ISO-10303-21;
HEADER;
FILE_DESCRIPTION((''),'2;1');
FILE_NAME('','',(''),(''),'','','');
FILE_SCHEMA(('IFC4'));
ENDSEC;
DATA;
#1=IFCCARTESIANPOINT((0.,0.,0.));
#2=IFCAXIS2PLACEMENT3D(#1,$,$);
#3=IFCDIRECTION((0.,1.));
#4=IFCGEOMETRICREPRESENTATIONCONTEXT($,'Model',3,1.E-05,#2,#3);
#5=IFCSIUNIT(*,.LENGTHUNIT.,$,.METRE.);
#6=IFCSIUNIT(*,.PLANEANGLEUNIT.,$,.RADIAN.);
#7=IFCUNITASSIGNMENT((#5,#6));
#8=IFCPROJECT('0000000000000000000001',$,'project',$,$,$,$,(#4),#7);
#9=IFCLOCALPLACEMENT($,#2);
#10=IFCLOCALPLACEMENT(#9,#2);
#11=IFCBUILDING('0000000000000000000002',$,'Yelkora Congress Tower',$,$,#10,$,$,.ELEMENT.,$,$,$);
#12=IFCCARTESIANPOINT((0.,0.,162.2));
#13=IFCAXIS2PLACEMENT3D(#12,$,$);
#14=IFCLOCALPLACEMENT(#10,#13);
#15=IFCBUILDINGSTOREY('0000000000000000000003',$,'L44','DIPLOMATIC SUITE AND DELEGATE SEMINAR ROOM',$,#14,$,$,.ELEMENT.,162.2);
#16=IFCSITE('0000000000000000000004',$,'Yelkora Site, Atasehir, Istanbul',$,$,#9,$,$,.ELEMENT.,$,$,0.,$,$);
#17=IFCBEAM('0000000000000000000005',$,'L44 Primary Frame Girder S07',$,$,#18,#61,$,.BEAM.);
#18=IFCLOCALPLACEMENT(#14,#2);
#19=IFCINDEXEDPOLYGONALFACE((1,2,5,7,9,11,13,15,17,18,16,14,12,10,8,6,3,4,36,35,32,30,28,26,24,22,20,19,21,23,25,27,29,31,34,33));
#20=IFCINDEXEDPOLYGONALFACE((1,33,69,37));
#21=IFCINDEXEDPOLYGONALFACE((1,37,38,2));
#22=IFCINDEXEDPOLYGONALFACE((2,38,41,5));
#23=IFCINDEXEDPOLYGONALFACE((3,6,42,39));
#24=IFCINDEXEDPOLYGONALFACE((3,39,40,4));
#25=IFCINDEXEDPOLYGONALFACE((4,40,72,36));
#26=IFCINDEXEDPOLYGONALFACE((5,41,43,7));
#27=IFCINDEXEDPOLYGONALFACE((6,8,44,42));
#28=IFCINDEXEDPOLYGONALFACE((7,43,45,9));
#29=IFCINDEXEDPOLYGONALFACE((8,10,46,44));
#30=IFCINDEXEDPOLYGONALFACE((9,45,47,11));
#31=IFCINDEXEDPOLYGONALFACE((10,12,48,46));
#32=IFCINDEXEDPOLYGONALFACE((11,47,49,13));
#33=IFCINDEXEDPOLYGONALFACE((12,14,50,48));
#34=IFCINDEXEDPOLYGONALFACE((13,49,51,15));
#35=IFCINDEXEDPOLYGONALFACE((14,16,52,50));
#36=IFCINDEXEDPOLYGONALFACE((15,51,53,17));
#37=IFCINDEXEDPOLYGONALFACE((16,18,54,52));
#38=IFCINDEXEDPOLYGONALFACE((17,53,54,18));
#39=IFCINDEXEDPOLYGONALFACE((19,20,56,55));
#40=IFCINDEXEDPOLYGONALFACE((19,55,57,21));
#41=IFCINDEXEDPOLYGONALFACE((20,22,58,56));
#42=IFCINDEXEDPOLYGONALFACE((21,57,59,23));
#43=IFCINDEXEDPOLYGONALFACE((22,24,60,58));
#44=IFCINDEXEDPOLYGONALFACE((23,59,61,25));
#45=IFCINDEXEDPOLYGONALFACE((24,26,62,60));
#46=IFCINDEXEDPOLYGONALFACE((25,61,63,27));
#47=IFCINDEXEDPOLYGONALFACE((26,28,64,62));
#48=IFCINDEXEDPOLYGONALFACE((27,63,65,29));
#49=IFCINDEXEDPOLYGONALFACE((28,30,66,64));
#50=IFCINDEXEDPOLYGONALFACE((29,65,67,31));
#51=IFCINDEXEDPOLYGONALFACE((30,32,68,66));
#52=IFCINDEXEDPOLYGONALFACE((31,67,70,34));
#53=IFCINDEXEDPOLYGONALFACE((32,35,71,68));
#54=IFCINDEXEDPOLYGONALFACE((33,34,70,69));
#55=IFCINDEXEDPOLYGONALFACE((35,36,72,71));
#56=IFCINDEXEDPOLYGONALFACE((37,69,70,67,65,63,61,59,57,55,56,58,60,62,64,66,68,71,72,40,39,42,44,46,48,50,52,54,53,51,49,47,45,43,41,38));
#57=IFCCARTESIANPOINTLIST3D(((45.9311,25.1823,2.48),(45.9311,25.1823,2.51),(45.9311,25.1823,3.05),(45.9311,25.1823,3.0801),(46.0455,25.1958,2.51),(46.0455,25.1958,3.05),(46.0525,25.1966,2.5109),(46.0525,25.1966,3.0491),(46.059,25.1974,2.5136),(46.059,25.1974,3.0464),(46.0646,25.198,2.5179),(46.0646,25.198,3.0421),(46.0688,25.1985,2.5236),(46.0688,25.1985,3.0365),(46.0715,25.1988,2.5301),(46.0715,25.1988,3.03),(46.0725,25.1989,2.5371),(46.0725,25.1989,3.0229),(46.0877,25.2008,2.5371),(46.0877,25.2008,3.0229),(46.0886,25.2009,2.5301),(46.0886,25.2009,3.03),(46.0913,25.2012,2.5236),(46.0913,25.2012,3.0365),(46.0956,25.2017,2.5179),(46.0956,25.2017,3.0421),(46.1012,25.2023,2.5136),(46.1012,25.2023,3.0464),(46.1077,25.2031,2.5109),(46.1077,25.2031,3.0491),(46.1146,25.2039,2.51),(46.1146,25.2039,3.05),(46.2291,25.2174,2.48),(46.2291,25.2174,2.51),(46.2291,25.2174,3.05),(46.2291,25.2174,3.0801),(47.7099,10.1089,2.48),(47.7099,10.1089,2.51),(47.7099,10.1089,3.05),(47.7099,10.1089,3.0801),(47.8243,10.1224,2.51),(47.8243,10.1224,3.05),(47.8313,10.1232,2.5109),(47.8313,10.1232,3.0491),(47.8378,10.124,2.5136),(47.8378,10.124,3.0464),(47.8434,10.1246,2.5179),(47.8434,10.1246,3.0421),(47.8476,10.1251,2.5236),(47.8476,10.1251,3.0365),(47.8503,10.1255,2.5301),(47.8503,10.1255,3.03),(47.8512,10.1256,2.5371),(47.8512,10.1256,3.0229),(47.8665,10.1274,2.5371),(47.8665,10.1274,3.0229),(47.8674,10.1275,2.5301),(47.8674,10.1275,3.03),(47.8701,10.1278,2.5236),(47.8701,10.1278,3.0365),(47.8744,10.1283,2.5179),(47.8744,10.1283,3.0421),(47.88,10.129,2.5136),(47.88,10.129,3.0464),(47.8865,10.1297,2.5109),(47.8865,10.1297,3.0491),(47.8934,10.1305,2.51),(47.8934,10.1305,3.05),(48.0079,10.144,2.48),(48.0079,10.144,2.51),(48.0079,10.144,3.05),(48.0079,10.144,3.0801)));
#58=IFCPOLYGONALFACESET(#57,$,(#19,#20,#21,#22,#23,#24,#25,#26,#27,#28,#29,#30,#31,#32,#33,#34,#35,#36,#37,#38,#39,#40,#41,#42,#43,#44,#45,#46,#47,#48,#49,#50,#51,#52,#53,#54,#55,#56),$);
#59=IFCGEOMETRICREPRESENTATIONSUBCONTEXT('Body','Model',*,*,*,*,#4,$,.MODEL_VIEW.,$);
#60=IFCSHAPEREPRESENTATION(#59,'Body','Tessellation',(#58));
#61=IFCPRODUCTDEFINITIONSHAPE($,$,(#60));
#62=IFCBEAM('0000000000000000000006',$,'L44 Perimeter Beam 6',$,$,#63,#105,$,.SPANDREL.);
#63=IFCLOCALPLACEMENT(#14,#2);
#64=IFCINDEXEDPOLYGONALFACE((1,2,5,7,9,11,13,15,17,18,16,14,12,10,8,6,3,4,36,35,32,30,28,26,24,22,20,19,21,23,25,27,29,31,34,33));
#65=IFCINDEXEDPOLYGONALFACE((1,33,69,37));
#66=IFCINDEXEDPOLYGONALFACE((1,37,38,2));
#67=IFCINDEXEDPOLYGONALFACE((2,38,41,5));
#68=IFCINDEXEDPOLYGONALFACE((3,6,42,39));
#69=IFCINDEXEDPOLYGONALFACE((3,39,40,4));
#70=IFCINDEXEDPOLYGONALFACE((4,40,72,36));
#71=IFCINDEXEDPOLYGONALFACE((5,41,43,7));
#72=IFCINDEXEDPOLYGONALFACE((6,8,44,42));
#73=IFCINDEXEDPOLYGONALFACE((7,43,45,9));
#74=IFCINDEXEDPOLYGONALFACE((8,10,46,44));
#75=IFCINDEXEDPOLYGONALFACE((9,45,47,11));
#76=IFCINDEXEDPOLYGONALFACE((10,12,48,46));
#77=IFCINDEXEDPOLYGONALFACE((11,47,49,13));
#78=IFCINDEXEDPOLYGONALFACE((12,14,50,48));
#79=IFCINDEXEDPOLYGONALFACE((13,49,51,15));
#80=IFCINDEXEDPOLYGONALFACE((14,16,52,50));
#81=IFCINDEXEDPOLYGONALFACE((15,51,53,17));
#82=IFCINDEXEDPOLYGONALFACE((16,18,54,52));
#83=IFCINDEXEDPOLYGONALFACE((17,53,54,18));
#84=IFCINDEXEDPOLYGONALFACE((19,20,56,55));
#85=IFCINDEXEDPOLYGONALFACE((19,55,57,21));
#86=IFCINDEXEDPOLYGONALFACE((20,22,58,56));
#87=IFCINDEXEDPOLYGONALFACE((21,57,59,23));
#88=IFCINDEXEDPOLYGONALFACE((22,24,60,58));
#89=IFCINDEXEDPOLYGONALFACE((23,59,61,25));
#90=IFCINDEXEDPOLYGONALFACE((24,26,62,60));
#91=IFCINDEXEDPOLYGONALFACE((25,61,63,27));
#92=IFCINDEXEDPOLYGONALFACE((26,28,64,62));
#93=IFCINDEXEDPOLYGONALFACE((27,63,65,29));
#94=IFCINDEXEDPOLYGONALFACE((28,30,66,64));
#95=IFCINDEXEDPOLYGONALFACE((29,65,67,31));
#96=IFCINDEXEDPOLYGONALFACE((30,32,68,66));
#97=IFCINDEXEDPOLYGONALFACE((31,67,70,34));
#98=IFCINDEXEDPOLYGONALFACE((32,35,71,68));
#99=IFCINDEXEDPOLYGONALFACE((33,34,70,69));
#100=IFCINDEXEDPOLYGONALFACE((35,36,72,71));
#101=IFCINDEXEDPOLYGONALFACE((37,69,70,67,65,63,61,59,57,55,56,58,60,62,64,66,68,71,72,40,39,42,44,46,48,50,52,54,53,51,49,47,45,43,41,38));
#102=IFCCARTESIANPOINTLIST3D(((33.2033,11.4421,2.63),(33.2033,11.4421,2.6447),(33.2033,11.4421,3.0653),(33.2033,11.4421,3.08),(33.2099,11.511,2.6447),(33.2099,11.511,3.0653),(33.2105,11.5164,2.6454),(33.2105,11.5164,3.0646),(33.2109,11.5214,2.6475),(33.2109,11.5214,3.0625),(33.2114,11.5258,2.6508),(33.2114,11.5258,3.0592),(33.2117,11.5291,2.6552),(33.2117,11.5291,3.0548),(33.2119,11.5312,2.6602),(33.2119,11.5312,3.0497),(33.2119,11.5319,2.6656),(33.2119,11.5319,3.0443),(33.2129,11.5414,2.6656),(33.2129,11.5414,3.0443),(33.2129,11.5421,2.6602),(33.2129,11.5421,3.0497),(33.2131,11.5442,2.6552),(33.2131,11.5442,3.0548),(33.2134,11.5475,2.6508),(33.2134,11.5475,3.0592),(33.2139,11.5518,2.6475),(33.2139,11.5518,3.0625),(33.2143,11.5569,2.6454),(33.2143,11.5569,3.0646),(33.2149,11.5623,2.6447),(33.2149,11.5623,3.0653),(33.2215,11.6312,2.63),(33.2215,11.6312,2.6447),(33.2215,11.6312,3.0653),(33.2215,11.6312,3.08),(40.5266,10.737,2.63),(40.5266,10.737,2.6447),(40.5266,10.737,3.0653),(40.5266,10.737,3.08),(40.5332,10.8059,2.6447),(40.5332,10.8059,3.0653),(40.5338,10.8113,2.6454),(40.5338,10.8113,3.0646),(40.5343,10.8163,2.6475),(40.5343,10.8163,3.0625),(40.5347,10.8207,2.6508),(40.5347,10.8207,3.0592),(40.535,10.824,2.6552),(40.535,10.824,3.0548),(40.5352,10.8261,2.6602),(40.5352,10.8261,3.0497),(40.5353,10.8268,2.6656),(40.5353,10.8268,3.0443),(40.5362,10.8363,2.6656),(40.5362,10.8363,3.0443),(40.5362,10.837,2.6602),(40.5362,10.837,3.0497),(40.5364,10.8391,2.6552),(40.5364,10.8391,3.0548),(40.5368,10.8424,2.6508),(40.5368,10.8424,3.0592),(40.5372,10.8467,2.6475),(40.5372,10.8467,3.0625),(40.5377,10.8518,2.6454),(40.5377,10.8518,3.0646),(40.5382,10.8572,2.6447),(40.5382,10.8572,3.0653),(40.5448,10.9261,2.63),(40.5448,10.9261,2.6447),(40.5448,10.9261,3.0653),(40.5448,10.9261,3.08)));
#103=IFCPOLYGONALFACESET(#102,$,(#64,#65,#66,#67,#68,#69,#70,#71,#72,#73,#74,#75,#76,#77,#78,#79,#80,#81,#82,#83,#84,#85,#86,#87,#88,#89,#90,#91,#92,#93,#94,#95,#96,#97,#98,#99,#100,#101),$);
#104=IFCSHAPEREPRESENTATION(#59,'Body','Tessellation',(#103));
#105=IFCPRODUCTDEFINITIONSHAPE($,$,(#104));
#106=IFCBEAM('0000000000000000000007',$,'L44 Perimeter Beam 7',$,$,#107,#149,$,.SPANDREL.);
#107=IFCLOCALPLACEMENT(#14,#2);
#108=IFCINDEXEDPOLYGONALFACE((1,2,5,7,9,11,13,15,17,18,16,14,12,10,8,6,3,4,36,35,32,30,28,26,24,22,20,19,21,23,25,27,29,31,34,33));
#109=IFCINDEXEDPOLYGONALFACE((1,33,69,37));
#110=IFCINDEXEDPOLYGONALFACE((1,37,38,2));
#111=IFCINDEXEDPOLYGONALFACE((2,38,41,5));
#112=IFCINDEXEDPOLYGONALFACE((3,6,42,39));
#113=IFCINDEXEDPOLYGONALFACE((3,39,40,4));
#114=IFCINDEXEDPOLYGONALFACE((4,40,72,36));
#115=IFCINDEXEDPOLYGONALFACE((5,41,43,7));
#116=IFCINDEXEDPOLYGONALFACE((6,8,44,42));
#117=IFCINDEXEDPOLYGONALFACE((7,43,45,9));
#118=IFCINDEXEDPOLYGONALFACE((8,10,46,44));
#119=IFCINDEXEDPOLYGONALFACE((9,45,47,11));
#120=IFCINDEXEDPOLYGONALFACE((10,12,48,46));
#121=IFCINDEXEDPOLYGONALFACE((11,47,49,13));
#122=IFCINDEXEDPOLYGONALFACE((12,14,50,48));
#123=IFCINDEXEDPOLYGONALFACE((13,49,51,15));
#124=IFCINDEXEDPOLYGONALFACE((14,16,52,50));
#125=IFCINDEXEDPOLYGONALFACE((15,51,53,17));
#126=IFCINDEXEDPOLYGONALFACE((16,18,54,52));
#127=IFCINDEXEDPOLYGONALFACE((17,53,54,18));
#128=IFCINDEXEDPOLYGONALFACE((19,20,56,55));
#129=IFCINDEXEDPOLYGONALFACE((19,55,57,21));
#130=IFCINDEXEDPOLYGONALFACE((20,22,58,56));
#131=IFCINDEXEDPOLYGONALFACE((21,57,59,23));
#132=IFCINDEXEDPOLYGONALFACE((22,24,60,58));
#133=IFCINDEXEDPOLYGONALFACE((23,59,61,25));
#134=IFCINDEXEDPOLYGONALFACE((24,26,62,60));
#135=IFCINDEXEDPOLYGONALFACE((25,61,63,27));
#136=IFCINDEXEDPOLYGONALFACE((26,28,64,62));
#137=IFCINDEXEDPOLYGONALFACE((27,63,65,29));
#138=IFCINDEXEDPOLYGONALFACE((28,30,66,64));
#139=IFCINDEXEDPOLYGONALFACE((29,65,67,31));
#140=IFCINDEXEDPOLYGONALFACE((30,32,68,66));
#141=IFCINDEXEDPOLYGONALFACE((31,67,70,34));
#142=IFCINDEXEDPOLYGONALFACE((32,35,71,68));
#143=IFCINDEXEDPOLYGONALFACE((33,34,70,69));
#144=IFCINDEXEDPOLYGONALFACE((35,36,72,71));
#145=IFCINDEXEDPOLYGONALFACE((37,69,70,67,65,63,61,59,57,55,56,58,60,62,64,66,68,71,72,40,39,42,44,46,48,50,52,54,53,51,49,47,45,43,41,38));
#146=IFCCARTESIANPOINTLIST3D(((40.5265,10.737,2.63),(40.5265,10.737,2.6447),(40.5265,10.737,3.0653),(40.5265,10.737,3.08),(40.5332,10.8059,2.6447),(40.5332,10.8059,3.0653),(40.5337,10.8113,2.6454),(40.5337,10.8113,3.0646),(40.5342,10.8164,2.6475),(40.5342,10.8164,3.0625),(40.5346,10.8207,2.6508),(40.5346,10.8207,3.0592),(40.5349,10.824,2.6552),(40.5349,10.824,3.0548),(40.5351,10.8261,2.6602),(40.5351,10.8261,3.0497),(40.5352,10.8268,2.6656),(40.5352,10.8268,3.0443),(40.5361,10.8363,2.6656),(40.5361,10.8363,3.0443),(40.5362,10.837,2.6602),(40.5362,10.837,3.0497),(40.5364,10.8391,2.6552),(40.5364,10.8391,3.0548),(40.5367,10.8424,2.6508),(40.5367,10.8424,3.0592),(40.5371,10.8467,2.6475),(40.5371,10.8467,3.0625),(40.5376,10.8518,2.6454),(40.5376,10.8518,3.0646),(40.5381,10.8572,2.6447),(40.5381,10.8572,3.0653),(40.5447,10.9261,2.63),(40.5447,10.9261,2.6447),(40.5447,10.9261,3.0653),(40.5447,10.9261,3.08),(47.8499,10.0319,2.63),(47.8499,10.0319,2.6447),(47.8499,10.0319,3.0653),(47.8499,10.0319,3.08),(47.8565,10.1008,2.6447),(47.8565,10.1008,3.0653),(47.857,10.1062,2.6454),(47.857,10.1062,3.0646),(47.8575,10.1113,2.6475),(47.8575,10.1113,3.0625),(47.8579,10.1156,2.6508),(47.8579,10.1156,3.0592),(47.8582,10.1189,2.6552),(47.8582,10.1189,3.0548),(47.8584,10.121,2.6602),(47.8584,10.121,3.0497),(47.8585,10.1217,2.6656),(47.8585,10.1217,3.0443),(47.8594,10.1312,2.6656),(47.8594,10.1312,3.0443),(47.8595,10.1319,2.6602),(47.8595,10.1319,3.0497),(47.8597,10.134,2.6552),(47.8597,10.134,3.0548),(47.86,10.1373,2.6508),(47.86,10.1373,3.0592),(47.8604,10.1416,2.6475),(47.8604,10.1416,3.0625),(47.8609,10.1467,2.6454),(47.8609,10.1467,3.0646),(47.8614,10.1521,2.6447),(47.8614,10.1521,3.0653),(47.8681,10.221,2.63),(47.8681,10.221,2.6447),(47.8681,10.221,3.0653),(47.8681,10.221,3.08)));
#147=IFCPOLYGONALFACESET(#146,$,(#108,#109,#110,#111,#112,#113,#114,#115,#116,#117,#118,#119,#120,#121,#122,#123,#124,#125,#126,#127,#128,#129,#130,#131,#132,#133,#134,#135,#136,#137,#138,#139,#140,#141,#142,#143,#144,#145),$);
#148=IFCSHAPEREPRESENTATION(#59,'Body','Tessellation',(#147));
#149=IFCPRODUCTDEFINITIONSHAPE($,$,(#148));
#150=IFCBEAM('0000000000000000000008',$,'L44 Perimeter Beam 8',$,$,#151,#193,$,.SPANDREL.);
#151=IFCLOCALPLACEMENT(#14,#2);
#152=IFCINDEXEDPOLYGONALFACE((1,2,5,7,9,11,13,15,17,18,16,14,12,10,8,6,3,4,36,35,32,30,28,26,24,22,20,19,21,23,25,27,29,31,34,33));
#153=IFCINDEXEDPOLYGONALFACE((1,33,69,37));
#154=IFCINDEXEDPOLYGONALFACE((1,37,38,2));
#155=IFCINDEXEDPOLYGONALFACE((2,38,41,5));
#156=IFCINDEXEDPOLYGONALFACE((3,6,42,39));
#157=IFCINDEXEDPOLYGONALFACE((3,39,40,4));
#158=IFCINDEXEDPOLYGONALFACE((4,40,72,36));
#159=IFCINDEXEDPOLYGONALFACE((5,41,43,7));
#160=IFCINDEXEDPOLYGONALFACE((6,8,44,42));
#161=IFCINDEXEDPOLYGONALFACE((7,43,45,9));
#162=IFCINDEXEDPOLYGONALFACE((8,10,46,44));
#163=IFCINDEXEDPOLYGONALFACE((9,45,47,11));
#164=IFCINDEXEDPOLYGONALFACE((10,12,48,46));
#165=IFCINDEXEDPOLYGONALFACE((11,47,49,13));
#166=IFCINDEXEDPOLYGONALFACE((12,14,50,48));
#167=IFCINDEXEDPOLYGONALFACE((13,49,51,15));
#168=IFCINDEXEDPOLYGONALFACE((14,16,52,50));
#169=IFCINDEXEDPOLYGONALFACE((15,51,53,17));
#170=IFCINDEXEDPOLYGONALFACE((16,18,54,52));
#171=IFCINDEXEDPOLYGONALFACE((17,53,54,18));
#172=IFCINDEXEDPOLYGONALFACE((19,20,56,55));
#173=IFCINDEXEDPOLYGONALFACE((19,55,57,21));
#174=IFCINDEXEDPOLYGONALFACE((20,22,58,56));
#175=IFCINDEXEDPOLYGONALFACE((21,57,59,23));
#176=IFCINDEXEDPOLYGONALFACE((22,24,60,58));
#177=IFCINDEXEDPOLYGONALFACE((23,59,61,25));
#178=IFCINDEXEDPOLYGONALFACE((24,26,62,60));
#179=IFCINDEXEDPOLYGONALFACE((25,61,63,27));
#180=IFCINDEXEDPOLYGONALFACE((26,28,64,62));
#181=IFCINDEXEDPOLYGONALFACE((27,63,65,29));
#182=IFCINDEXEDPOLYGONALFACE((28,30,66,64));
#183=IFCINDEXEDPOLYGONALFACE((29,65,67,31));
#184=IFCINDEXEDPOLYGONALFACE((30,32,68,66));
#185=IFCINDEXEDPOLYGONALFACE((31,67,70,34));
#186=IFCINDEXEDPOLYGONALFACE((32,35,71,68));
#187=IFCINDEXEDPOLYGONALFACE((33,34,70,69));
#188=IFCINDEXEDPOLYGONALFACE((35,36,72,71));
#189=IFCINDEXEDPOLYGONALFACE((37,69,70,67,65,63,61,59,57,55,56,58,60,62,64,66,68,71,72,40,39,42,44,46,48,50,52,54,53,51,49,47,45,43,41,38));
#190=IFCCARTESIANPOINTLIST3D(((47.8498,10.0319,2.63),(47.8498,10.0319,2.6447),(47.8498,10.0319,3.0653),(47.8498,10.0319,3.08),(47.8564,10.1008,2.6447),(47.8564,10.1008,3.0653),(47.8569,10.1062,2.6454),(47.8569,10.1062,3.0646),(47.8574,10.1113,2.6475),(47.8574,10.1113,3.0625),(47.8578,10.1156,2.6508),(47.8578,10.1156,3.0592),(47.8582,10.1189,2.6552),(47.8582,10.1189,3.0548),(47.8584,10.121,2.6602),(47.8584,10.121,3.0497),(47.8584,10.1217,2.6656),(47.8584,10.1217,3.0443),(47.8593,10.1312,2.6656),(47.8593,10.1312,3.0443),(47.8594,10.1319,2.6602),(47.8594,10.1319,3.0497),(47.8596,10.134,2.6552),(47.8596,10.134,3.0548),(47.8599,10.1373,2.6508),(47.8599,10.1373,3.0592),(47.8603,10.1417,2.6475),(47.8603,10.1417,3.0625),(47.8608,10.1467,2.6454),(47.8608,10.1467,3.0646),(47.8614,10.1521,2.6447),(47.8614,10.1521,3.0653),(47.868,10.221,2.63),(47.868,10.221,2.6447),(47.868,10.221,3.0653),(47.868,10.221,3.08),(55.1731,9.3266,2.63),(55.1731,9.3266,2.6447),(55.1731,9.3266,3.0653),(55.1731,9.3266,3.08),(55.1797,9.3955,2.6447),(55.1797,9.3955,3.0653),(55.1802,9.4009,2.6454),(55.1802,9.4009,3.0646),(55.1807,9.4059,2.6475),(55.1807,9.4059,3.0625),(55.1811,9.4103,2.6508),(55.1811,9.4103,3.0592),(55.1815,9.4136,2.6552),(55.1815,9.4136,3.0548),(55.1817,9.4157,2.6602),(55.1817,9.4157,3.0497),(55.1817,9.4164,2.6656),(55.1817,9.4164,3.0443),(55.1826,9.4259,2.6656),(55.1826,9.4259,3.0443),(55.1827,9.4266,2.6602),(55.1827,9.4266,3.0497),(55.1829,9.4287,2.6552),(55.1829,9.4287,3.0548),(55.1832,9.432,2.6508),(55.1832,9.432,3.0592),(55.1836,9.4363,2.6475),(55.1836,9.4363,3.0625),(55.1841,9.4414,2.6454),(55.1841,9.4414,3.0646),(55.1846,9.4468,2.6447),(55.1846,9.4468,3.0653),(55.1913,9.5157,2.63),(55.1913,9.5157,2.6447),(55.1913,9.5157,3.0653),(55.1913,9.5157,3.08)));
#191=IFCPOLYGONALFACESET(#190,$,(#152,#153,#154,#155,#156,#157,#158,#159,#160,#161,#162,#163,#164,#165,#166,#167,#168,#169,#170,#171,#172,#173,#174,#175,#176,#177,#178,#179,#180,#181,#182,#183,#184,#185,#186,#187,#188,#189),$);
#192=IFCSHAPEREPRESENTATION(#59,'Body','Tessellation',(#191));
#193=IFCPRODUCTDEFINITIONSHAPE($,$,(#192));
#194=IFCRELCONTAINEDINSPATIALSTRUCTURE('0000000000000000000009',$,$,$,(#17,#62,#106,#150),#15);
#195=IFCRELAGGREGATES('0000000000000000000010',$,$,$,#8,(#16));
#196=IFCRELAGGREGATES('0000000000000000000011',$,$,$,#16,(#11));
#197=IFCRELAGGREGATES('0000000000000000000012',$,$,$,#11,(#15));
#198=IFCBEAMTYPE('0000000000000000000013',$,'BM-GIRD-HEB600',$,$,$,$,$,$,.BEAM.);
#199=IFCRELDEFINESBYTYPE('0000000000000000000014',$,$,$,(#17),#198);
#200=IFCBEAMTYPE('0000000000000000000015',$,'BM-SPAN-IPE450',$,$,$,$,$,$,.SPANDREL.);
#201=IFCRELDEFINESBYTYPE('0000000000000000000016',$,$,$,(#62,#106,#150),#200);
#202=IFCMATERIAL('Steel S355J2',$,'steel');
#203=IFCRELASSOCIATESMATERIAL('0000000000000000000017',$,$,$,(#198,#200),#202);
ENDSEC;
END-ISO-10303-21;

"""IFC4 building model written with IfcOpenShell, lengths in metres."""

from ifc_helpers import new_model, si_unit, direction, frame, origin, origin_2d, place, context, subcontext, project, spatial, i_section, extrude, material, material_profile, profile_set, type_object, element, save


model = new_model("IFC4")

# Units and contexts
model_context = context("Model", 3, precision=1e-05, world=origin(), true_north=direction((0.0, 1.0)))
body_context = subcontext(model_context, "Body", "Model", "MODEL_VIEW")
ifc_project = project(units=[si_unit("LENGTHUNIT", "METRE"), si_unit("PLANEANGLEUNIT", "RADIAN")], contexts=[model_context])

# Site, building, storey
site_placement = place(None, origin())
site = spatial("IfcSite", under=ifc_project, at=site_placement, Name="Yelkora Site, Atasehir, Istanbul", CompositionType="ELEMENT", RefElevation=0.0)
building_placement = place(site_placement, origin())
building = spatial("IfcBuilding", under=site, at=building_placement, Name="Yelkora Congress Tower", CompositionType="ELEMENT")
storey_placement = place(building_placement, frame((0.0, 0.0, 162.2)))
storey = spatial("IfcBuildingStorey", under=building, at=storey_placement, Name="L44", Description="DIPLOMATIC SUITE AND DELEGATE SEMINAR ROOM", CompositionType="ELEMENT", Elevation=162.2)

# Beams
ifc_material_1 = material(Name="Steel S355J2", Category="steel")
ifc_material_profile_1 = material_profile(ifc_material_1, i_section(OverallWidth=0.3, OverallDepth=0.6001, WebThickness=0.0154, FlangeThickness=0.03, FilletRadius=0.0271, at=origin_2d()), Name="HEB 600")
ifc_profile_set_1 = profile_set([ifc_material_profile_1], Name="Steel S355J2")
beam_type_1 = type_object("IfcBeamType", Name="BM-GIRD-HEB600", PredefinedType="BEAM", material=ifc_profile_set_1)
beam_1_placement = place(storey_placement, frame((47.8589, 10.1265, 2.78), z_axis=(-0.117196, 0.993109, 0.0), x_axis=(-0.993109, -0.117196, 0.0)))
element("IfcBeam", 1, at=beam_1_placement, inside=storey, type_object=beam_type_1, Name="L44 Primary Frame Girder S07", PredefinedType="BEAM", context=body_context, shape_type="SweptSolid", body=[
    extrude(i_section(OverallWidth=0.3, OverallDepth=0.6001, WebThickness=0.0154, FlangeThickness=0.03, FilletRadius=0.0271, at=origin_2d()), origin(), (0.0, 0.0, 1.0), 15.178),
])
ifc_material_profile_2 = material_profile(ifc_material_1, i_section(OverallWidth=0.1899, OverallDepth=0.45, WebThickness=0.0095, FlangeThickness=0.0146, FilletRadius=0.021, at=origin_2d()), Name="IPE 450")
ifc_profile_set_2 = profile_set([ifc_material_profile_2], Name="Steel S355J2")
beam_type_2 = type_object("IfcBeamType", Name="BM-SPAN-IPE450", PredefinedType="SPANDREL", material=ifc_profile_set_2)
for number, where, z_axis, x_axis, name in (
    (2, (33.2124, 11.5366, 2.855), (0.995397, -0.095836, 0.0), (0.095836, 0.995397, 0.0), "L44 Perimeter Beam 6"),
    (3, (40.5356, 10.8315, 2.855), (0.995397, -0.095836, 0.0), (0.095836, 0.995397, 0.0), "L44 Perimeter Beam 7"),
    (4, (47.8589, 10.1265, 2.855), (0.995394, -0.095869, 0.0), (0.095869, 0.995394, 0.0), "L44 Perimeter Beam 8"),
):
    element("IfcBeam", number, at=place(storey_placement, frame(where, z_axis=z_axis, x_axis=x_axis)), inside=storey, type_object=beam_type_2, Name=name, PredefinedType="SPANDREL", context=body_context, shape_type="SweptSolid", body=[
        extrude(i_section(OverallWidth=0.1899, OverallDepth=0.45, WebThickness=0.0095, FlangeThickness=0.0146, FilletRadius=0.021, at=origin_2d()), origin(), (0.0, 0.0, 1.0), 7.3572),
    ])

save(model, "model.ifc")
